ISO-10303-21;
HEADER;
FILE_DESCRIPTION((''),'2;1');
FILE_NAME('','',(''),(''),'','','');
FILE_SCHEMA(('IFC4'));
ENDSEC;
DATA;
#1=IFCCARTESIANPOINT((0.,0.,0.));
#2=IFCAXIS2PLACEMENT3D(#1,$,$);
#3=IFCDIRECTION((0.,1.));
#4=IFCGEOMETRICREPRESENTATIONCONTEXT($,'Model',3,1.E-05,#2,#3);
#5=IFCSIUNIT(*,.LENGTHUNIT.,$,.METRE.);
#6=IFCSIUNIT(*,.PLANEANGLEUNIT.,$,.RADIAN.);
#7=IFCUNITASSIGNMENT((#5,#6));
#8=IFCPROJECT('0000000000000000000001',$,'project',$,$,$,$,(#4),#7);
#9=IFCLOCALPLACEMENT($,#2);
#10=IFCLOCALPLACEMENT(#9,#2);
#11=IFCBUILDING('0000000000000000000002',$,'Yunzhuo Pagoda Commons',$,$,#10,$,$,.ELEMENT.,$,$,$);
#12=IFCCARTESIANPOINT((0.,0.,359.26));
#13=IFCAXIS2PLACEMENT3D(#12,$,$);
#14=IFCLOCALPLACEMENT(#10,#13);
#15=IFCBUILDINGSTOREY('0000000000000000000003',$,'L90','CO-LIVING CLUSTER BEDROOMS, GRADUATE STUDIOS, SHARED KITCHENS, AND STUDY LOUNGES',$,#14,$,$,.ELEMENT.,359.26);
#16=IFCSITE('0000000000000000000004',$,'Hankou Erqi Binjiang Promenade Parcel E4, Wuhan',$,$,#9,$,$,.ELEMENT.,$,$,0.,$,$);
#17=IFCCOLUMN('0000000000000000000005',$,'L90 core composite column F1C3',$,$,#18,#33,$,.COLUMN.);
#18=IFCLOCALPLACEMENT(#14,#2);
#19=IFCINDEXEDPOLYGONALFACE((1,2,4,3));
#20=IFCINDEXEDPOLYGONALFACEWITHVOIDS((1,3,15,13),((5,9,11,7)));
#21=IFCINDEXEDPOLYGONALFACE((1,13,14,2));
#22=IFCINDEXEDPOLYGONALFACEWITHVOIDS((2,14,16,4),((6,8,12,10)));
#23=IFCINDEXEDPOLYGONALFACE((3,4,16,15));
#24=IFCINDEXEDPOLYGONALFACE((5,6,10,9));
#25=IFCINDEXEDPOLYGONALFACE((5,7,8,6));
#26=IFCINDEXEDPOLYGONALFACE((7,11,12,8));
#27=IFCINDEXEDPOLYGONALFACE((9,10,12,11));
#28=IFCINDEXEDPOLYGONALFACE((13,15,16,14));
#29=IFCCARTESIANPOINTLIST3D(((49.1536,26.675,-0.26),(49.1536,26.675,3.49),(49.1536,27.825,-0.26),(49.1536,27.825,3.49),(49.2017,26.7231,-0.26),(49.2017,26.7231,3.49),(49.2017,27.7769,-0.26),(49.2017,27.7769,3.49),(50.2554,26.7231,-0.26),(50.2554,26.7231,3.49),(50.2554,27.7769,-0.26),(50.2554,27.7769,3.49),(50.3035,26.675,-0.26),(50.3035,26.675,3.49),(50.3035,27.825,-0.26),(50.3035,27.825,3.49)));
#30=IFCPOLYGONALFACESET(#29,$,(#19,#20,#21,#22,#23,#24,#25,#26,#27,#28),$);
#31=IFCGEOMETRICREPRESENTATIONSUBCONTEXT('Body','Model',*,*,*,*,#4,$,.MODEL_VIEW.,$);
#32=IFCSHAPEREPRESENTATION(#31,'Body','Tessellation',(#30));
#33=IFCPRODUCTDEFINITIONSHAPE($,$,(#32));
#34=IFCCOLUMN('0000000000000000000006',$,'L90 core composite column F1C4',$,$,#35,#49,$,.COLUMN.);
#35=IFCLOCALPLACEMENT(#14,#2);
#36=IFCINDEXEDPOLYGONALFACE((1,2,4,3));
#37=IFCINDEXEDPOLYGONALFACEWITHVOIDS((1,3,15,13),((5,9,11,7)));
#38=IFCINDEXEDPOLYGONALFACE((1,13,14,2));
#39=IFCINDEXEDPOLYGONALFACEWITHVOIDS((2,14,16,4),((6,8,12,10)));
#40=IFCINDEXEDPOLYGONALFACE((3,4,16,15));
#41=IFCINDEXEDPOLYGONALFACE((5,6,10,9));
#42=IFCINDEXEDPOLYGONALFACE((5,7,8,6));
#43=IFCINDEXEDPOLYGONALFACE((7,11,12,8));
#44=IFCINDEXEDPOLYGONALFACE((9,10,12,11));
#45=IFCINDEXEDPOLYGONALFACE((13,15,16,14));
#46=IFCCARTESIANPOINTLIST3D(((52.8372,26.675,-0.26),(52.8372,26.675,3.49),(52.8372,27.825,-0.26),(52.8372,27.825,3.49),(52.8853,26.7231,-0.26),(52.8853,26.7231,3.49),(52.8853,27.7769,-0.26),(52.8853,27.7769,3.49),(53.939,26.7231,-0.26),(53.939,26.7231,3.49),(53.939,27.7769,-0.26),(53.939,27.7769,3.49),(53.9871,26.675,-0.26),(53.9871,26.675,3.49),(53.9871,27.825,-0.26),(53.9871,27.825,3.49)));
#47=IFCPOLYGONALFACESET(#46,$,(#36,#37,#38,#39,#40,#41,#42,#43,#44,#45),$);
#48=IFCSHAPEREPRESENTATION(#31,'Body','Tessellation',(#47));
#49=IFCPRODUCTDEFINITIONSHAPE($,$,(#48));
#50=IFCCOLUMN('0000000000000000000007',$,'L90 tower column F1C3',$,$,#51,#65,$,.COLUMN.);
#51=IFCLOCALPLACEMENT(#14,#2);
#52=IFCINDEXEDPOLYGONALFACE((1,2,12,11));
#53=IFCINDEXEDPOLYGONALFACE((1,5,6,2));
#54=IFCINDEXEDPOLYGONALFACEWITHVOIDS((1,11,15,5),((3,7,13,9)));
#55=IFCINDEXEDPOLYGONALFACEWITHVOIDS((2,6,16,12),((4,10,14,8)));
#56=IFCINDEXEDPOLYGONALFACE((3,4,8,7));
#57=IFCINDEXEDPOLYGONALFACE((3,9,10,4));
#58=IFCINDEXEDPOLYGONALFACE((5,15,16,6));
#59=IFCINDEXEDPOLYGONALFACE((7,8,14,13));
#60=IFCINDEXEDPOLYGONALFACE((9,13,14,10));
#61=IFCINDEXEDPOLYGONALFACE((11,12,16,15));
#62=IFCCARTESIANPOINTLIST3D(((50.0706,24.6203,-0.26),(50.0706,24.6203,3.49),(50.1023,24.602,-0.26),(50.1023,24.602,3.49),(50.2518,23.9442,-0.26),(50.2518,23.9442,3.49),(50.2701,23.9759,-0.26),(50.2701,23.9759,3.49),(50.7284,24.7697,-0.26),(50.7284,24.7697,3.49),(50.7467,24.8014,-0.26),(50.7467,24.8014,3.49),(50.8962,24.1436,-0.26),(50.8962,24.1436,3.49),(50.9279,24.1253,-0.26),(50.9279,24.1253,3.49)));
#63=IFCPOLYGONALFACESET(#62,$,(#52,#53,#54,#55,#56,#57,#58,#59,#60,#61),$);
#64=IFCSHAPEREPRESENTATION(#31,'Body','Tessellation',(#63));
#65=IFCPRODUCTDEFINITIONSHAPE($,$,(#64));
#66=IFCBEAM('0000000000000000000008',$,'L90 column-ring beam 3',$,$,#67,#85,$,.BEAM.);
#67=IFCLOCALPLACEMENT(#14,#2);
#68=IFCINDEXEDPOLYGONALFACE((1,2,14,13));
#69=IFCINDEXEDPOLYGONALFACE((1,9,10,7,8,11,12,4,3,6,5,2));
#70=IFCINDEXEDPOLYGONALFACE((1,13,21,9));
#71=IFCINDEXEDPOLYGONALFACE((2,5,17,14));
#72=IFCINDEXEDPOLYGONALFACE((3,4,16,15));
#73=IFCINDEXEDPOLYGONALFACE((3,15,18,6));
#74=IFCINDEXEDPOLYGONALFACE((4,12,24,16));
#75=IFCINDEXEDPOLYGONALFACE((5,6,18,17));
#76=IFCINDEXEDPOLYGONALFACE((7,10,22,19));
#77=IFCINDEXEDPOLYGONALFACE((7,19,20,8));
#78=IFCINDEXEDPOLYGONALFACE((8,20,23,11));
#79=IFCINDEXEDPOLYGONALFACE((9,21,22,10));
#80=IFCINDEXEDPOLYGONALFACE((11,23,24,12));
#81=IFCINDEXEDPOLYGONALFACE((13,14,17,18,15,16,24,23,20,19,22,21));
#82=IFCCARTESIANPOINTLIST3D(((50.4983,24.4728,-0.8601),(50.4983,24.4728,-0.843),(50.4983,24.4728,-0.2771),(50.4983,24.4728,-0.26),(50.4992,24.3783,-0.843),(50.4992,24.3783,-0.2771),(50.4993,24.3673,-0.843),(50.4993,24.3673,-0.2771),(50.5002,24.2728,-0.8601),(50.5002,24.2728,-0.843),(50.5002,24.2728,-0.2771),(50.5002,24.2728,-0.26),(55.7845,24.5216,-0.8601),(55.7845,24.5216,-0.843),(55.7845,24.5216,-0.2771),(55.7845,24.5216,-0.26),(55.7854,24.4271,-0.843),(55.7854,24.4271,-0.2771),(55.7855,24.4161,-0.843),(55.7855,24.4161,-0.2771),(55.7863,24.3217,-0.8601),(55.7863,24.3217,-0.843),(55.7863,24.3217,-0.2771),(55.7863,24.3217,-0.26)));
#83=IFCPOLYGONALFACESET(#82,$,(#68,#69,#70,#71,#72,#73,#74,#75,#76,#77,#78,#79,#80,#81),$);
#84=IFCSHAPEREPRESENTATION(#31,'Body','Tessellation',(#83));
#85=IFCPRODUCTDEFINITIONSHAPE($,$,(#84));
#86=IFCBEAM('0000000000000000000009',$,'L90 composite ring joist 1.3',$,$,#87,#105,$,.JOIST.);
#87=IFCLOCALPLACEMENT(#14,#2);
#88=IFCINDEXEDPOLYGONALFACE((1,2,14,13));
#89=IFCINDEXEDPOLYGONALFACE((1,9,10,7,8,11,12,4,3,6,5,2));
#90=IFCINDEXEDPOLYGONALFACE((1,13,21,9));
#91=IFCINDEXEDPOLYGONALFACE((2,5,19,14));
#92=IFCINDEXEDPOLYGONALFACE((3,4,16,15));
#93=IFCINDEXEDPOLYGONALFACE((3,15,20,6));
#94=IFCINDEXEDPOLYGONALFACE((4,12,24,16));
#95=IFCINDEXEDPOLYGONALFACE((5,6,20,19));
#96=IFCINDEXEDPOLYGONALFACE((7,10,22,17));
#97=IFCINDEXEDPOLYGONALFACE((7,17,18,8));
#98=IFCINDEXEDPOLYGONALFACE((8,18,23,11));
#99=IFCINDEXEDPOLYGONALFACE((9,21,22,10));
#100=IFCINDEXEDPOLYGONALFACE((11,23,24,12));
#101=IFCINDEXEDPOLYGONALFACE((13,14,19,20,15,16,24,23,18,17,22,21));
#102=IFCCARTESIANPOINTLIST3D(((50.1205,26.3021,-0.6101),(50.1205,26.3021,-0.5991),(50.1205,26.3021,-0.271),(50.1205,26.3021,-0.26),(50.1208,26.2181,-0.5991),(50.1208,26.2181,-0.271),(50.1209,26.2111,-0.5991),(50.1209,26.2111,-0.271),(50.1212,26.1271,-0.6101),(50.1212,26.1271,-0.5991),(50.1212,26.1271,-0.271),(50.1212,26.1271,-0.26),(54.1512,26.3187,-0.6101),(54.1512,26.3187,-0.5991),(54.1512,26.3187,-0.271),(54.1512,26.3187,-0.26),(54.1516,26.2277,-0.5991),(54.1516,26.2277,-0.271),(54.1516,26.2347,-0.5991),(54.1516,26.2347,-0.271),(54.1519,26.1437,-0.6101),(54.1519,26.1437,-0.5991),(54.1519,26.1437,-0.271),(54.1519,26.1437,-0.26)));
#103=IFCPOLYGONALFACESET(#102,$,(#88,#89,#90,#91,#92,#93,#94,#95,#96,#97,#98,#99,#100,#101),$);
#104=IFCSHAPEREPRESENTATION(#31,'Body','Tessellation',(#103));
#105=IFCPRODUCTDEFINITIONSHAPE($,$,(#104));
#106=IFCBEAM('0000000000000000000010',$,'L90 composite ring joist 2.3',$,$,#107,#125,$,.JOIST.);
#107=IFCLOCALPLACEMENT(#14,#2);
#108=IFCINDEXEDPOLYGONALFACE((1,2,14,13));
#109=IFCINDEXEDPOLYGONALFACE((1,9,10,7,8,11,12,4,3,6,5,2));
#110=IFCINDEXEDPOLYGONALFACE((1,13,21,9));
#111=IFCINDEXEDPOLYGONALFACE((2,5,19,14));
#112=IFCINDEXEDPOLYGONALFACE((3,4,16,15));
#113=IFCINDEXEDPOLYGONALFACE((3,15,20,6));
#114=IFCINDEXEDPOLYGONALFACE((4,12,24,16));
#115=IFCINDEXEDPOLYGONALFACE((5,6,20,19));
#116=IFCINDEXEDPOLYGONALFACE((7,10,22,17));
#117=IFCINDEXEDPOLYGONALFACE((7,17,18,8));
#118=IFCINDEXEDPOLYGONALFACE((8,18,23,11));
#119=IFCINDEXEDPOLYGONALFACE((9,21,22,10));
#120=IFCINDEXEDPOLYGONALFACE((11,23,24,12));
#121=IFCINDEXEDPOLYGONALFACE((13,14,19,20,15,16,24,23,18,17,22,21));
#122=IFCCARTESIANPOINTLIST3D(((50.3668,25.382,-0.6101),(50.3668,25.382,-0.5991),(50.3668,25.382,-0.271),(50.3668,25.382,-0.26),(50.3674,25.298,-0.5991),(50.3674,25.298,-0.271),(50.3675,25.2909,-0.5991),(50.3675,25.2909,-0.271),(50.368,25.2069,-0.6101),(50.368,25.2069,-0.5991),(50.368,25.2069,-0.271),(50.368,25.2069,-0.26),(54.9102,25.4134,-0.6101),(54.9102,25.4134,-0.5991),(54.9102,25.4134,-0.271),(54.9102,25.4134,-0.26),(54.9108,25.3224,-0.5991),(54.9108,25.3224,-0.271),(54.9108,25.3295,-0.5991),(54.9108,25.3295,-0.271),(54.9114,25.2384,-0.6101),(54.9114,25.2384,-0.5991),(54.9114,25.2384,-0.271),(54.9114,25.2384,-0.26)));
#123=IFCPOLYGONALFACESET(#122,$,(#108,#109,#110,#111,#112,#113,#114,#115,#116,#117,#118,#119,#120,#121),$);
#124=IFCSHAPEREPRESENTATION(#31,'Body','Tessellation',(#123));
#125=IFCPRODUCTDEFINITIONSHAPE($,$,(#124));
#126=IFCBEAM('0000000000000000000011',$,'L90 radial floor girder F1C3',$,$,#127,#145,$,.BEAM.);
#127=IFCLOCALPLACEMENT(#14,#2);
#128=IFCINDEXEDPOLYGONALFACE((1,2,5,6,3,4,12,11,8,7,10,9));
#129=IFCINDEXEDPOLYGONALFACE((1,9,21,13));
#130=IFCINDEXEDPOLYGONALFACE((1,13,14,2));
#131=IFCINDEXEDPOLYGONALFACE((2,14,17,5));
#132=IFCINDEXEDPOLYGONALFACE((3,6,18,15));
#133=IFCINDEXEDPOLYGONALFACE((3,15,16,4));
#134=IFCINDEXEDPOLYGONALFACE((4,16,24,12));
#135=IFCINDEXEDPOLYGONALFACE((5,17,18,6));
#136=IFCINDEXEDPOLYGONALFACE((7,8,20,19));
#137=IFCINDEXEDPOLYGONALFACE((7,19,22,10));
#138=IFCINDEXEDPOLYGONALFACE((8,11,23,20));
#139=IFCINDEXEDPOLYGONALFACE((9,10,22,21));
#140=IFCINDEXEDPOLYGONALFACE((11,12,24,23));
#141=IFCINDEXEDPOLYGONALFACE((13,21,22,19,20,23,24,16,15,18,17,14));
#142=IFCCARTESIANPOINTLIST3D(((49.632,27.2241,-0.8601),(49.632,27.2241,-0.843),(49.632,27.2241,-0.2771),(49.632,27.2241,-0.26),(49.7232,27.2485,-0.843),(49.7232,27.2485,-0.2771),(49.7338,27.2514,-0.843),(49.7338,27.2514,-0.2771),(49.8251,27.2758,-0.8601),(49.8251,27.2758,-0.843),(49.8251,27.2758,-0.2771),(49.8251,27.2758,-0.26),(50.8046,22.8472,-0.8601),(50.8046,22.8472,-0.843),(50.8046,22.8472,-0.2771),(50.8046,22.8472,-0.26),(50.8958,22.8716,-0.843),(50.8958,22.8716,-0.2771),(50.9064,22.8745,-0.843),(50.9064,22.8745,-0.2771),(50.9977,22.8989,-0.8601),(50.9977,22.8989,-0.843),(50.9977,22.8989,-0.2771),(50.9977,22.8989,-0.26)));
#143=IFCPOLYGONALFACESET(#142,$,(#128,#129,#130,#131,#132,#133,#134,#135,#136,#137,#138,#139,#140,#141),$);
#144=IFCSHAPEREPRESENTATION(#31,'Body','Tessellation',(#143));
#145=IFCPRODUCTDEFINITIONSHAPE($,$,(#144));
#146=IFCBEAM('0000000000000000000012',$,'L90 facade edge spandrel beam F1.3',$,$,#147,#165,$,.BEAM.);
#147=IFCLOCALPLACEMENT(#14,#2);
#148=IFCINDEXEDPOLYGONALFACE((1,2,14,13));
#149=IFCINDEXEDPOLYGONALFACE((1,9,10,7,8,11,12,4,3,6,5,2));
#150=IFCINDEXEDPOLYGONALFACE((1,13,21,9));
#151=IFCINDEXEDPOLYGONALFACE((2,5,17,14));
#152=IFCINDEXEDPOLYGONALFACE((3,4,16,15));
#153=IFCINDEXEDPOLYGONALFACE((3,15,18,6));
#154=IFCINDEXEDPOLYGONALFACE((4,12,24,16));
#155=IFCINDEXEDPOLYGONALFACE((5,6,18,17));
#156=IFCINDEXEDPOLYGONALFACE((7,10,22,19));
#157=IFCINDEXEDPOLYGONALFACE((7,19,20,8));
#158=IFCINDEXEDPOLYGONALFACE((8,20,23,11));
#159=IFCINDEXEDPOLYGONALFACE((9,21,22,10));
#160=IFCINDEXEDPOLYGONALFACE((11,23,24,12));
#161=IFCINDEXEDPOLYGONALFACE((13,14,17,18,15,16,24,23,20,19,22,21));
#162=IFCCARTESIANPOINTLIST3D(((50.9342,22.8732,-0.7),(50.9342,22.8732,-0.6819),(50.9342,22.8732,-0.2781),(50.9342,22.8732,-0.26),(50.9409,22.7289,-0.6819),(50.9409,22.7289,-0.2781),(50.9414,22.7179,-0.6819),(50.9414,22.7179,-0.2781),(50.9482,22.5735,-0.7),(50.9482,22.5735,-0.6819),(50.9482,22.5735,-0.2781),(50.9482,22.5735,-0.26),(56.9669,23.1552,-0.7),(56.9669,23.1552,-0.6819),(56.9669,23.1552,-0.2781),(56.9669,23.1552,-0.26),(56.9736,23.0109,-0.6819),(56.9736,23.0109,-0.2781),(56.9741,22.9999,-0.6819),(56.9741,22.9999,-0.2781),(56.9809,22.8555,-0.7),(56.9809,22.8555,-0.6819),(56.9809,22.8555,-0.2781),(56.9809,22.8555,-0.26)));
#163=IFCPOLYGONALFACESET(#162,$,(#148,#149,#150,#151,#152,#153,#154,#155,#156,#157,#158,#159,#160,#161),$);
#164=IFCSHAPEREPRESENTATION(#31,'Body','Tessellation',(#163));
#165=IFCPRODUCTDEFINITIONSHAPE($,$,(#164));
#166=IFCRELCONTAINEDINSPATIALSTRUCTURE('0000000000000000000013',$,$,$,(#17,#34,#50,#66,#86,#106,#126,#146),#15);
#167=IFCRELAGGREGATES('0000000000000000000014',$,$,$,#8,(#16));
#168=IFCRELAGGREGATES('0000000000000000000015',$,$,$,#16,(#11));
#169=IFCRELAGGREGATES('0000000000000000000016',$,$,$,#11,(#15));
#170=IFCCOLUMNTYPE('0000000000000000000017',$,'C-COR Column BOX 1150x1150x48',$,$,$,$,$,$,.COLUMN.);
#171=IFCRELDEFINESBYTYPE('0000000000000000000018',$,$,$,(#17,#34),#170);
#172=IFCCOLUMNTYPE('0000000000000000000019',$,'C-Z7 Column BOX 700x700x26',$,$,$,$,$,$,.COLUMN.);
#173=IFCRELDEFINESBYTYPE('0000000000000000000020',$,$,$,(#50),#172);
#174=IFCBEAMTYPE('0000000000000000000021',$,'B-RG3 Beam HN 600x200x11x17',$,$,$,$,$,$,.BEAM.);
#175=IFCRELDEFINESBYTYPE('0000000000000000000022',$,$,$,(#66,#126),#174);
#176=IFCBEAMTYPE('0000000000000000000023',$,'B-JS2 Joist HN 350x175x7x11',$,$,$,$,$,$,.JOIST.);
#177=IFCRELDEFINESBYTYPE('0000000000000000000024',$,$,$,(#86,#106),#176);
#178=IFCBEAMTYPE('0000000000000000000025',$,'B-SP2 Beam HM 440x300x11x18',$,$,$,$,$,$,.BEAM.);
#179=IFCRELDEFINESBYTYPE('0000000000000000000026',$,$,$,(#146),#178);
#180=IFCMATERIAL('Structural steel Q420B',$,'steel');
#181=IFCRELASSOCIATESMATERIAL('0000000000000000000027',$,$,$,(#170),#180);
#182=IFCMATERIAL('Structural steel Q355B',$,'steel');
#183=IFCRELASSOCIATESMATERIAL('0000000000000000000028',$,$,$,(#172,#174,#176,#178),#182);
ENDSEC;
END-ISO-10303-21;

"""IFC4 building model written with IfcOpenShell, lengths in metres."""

from ifc_helpers import new_model, si_unit, direction, frame, origin, origin_2d, place, context, subcontext, project, spatial, hollow_rectangle, i_section, extrude, source, transform, mapped, material, material_profile, profile_set, type_object, element, save


model = new_model("IFC4")

# Units and contexts
model_context = context("Model", 3, precision=1e-05, world=origin(), true_north=direction((0.0, 1.0)))
body_context = subcontext(model_context, "Body", "Model", "MODEL_VIEW")
ifc_project = project(units=[si_unit("LENGTHUNIT", "METRE"), si_unit("PLANEANGLEUNIT", "RADIAN")], contexts=[model_context])

# Site, building, storey
site_placement = place(None, origin())
site = spatial("IfcSite", under=ifc_project, at=site_placement, Name="Hankou Erqi Binjiang Promenade Parcel E4, Wuhan", CompositionType="ELEMENT", RefElevation=0.0)
building_placement = place(site_placement, origin())
building = spatial("IfcBuilding", under=site, at=building_placement, Name="Yunzhuo Pagoda Commons", CompositionType="ELEMENT")
storey_placement = place(building_placement, frame((0.0, 0.0, 359.26)))
storey = spatial("IfcBuildingStorey", under=building, at=storey_placement, Name="L90", Description="CO-LIVING CLUSTER BEDROOMS, GRADUATE STUDIOS, SHARED KITCHENS, AND STUDY LOUNGES", CompositionType="ELEMENT", Elevation=359.26)

# Columns
ifc_material_1 = material(Name="Structural steel Q420B", Category="steel")
ifc_material_profile_1 = material_profile(ifc_material_1, hollow_rectangle(XDim=1.1499, YDim=1.1499, WallThickness=0.0481, at=origin_2d()), Name="Structural steel Q420B")
ifc_profile_set_1 = profile_set([ifc_material_profile_1], Name="Structural steel Q420B")
column_type_1 = type_object("IfcColumnType", Name="C-COR Column BOX 1150x1150x48", PredefinedType="COLUMN", material=ifc_profile_set_1)
shared_shape_1 = source(origin(), body_context, "Body", "SweptSolid", [
    extrude(hollow_rectangle(XDim=1.1499, YDim=1.1499, WallThickness=0.0481, at=origin_2d()), origin(), (0.0, 0.0, 1.0), 3.75),
])
for number, where, z_axis, x_axis, name in (
    (1, (49.7285, 27.25, -0.26), (0.0, 0.0, 1.0), (1.0, 0.0, 0.0), "L90 core composite column F1C3"),
    (2, (53.4121, 27.25, -0.26), (0.0, 0.0, 1.0), (1.0, 0.0, 0.0), "L90 core composite column F1C4"),
):
    element("IfcColumn", number, at=place(storey_placement, frame(where, z_axis=z_axis, x_axis=x_axis)), inside=storey, type_object=column_type_1, Name=name, PredefinedType="COLUMN", context=body_context, shape_type="MappedRepresentation", body=[
        mapped(shared_shape_1, transform((0.0, 0.0, 0.0), scale=1.0)),
    ])
ifc_material_2 = material(Name="Structural steel Q355B", Category="steel")
ifc_material_profile_2 = material_profile(ifc_material_2, hollow_rectangle(XDim=0.7, YDim=0.7, WallThickness=0.0259, at=origin_2d()), Name="Structural steel Q355B")
ifc_profile_set_2 = profile_set([ifc_material_profile_2], Name="Structural steel Q355B")
column_type_2 = type_object("IfcColumnType", Name="C-Z7 Column BOX 700x700x26", PredefinedType="COLUMN", material=ifc_profile_set_2)
shared_shape_2 = source(origin(), body_context, "Body", "SweptSolid", [
    extrude(hollow_rectangle(XDim=0.7, YDim=0.7, WallThickness=0.0259, at=origin_2d()), origin(), (0.0, 0.0, 1.0), 3.75),
])
column_placement = place(storey_placement, frame((50.4993, 24.3728, -0.26), z_axis=(0.0, 0.0, 1.0), x_axis=(0.965926, 0.258819, 0.0)))
element("IfcColumn", 3, at=column_placement, inside=storey, type_object=column_type_2, Name="L90 tower column F1C3", PredefinedType="COLUMN", context=body_context, shape_type="MappedRepresentation", body=[
    mapped(shared_shape_2, transform((0.0, 0.0, 0.0), scale=1.0)),
])

# Beams
ifc_material_profile_3 = material_profile(ifc_material_2, i_section(OverallWidth=0.2, OverallDepth=0.6001, WebThickness=0.011, FlangeThickness=0.0171, at=origin_2d()), Name="Structural steel Q355B")
ifc_profile_set_3 = profile_set([ifc_material_profile_3], Name="Structural steel Q355B")
beam_type_1 = type_object("IfcBeamType", Name="B-RG3 Beam HN 600x200x11x17", PredefinedType="BEAM", material=ifc_profile_set_3)
shared_shape_3 = source(origin(), body_context, "Body", "SweptSolid", [
    extrude(i_section(OverallWidth=0.2, OverallDepth=0.6001, WebThickness=0.011, FlangeThickness=0.0171, at=origin_2d()), origin(), (0.0, 0.0, 1.0), 5.2864),
])
beam_1_placement = place(storey_placement, frame((50.4993, 24.3728, -0.5601), z_axis=(0.999957, 0.009237, 0.0), x_axis=(-0.009237, 0.999957, 0.0)))
element("IfcBeam", 4, at=beam_1_placement, inside=storey, type_object=beam_type_1, Name="L90 column-ring beam 3", PredefinedType="BEAM", context=body_context, shape_type="MappedRepresentation", body=[
    mapped(shared_shape_3, transform((0.0, 0.0, 0.0), scale=1.0)),
])
ifc_material_profile_4 = material_profile(ifc_material_2, i_section(OverallWidth=0.175, OverallDepth=0.3501, WebThickness=0.0071, FlangeThickness=0.011, at=origin_2d()), Name="Structural steel Q355B")
ifc_profile_set_4 = profile_set([ifc_material_profile_4], Name="Structural steel Q355B")
beam_type_2 = type_object("IfcBeamType", Name="B-JS2 Joist HN 350x175x7x11", PredefinedType="JOIST", material=ifc_profile_set_4)
shared_shape_4 = source(origin(), body_context, "Body", "SweptSolid", [
    extrude(i_section(OverallWidth=0.175, OverallDepth=0.3501, WebThickness=0.0071, FlangeThickness=0.011, at=origin_2d()), origin(), (0.0, 0.0, 1.0), 4.0308),
])
beam_2_placement = place(storey_placement, frame((50.1208, 26.2146, -0.4351), z_axis=(0.999992, 0.004119, 0.0), x_axis=(-0.004119, 0.999992, 0.0)))
element("IfcBeam", 5, at=beam_2_placement, inside=storey, type_object=beam_type_2, Name="L90 composite ring joist 1.3", PredefinedType="JOIST", context=body_context, shape_type="MappedRepresentation", body=[
    mapped(shared_shape_4, transform((0.0, 0.0, 0.0), scale=1.0)),
])
shared_shape_5 = source(origin(), body_context, "Body", "SweptSolid", [
    extrude(i_section(OverallWidth=0.175, OverallDepth=0.3501, WebThickness=0.0071, FlangeThickness=0.011, at=origin_2d()), origin(), (0.0, 0.0, 1.0), 4.5435),
])
beam_3_placement = place(storey_placement, frame((50.3674, 25.2944, -0.4351), z_axis=(0.999976, 0.006932, 0.0), x_axis=(-0.006932, 0.999976, 0.0)))
element("IfcBeam", 6, at=beam_3_placement, inside=storey, type_object=beam_type_2, Name="L90 composite ring joist 2.3", PredefinedType="JOIST", context=body_context, shape_type="MappedRepresentation", body=[
    mapped(shared_shape_5, transform((0.0, 0.0, 0.0), scale=1.0)),
])
shared_shape_6 = source(origin(), body_context, "Body", "SweptSolid", [
    extrude(i_section(OverallWidth=0.2, OverallDepth=0.6001, WebThickness=0.011, FlangeThickness=0.0171, at=origin_2d()), origin(), (0.0, 0.0, 1.0), 4.5312),
])
beam_4_placement = place(storey_placement, frame((50.9011, 22.873, -0.5601), z_axis=(-0.258779, 0.965937, 0.0), x_axis=(-0.965937, -0.258779, 0.0)))
element("IfcBeam", 7, at=beam_4_placement, inside=storey, type_object=beam_type_1, Name="L90 radial floor girder F1C3", PredefinedType="BEAM", context=body_context, shape_type="MappedRepresentation", body=[
    mapped(shared_shape_6, transform((0.0, 0.0, 0.0), scale=1.0)),
])
ifc_material_profile_5 = material_profile(ifc_material_2, i_section(OverallWidth=0.3, OverallDepth=0.4399, WebThickness=0.011, FlangeThickness=0.0181, at=origin_2d()), Name="Structural steel Q355B")
ifc_profile_set_5 = profile_set([ifc_material_profile_5], Name="Structural steel Q355B")
beam_type_3 = type_object("IfcBeamType", Name="B-SP2 Beam HM 440x300x11x18", PredefinedType="BEAM", material=ifc_profile_set_5)
shared_shape_7 = source(origin(), body_context, "Body", "SweptSolid", [
    extrude(i_section(OverallWidth=0.3, OverallDepth=0.4399, WebThickness=0.011, FlangeThickness=0.0181, at=origin_2d()), origin(), (0.0, 0.0, 1.0), 6.0393),
])
beam_5_placement = place(storey_placement, frame((50.9412, 22.7234, -0.48), z_axis=(0.998909, 0.046691, 0.0), x_axis=(-0.046691, 0.998909, 0.0)))
element("IfcBeam", 8, at=beam_5_placement, inside=storey, type_object=beam_type_3, Name="L90 facade edge spandrel beam F1.3", PredefinedType="BEAM", context=body_context, shape_type="MappedRepresentation", body=[
    mapped(shared_shape_7, transform((0.0, 0.0, 0.0), scale=1.0)),
])

save(model, "model.ifc")
